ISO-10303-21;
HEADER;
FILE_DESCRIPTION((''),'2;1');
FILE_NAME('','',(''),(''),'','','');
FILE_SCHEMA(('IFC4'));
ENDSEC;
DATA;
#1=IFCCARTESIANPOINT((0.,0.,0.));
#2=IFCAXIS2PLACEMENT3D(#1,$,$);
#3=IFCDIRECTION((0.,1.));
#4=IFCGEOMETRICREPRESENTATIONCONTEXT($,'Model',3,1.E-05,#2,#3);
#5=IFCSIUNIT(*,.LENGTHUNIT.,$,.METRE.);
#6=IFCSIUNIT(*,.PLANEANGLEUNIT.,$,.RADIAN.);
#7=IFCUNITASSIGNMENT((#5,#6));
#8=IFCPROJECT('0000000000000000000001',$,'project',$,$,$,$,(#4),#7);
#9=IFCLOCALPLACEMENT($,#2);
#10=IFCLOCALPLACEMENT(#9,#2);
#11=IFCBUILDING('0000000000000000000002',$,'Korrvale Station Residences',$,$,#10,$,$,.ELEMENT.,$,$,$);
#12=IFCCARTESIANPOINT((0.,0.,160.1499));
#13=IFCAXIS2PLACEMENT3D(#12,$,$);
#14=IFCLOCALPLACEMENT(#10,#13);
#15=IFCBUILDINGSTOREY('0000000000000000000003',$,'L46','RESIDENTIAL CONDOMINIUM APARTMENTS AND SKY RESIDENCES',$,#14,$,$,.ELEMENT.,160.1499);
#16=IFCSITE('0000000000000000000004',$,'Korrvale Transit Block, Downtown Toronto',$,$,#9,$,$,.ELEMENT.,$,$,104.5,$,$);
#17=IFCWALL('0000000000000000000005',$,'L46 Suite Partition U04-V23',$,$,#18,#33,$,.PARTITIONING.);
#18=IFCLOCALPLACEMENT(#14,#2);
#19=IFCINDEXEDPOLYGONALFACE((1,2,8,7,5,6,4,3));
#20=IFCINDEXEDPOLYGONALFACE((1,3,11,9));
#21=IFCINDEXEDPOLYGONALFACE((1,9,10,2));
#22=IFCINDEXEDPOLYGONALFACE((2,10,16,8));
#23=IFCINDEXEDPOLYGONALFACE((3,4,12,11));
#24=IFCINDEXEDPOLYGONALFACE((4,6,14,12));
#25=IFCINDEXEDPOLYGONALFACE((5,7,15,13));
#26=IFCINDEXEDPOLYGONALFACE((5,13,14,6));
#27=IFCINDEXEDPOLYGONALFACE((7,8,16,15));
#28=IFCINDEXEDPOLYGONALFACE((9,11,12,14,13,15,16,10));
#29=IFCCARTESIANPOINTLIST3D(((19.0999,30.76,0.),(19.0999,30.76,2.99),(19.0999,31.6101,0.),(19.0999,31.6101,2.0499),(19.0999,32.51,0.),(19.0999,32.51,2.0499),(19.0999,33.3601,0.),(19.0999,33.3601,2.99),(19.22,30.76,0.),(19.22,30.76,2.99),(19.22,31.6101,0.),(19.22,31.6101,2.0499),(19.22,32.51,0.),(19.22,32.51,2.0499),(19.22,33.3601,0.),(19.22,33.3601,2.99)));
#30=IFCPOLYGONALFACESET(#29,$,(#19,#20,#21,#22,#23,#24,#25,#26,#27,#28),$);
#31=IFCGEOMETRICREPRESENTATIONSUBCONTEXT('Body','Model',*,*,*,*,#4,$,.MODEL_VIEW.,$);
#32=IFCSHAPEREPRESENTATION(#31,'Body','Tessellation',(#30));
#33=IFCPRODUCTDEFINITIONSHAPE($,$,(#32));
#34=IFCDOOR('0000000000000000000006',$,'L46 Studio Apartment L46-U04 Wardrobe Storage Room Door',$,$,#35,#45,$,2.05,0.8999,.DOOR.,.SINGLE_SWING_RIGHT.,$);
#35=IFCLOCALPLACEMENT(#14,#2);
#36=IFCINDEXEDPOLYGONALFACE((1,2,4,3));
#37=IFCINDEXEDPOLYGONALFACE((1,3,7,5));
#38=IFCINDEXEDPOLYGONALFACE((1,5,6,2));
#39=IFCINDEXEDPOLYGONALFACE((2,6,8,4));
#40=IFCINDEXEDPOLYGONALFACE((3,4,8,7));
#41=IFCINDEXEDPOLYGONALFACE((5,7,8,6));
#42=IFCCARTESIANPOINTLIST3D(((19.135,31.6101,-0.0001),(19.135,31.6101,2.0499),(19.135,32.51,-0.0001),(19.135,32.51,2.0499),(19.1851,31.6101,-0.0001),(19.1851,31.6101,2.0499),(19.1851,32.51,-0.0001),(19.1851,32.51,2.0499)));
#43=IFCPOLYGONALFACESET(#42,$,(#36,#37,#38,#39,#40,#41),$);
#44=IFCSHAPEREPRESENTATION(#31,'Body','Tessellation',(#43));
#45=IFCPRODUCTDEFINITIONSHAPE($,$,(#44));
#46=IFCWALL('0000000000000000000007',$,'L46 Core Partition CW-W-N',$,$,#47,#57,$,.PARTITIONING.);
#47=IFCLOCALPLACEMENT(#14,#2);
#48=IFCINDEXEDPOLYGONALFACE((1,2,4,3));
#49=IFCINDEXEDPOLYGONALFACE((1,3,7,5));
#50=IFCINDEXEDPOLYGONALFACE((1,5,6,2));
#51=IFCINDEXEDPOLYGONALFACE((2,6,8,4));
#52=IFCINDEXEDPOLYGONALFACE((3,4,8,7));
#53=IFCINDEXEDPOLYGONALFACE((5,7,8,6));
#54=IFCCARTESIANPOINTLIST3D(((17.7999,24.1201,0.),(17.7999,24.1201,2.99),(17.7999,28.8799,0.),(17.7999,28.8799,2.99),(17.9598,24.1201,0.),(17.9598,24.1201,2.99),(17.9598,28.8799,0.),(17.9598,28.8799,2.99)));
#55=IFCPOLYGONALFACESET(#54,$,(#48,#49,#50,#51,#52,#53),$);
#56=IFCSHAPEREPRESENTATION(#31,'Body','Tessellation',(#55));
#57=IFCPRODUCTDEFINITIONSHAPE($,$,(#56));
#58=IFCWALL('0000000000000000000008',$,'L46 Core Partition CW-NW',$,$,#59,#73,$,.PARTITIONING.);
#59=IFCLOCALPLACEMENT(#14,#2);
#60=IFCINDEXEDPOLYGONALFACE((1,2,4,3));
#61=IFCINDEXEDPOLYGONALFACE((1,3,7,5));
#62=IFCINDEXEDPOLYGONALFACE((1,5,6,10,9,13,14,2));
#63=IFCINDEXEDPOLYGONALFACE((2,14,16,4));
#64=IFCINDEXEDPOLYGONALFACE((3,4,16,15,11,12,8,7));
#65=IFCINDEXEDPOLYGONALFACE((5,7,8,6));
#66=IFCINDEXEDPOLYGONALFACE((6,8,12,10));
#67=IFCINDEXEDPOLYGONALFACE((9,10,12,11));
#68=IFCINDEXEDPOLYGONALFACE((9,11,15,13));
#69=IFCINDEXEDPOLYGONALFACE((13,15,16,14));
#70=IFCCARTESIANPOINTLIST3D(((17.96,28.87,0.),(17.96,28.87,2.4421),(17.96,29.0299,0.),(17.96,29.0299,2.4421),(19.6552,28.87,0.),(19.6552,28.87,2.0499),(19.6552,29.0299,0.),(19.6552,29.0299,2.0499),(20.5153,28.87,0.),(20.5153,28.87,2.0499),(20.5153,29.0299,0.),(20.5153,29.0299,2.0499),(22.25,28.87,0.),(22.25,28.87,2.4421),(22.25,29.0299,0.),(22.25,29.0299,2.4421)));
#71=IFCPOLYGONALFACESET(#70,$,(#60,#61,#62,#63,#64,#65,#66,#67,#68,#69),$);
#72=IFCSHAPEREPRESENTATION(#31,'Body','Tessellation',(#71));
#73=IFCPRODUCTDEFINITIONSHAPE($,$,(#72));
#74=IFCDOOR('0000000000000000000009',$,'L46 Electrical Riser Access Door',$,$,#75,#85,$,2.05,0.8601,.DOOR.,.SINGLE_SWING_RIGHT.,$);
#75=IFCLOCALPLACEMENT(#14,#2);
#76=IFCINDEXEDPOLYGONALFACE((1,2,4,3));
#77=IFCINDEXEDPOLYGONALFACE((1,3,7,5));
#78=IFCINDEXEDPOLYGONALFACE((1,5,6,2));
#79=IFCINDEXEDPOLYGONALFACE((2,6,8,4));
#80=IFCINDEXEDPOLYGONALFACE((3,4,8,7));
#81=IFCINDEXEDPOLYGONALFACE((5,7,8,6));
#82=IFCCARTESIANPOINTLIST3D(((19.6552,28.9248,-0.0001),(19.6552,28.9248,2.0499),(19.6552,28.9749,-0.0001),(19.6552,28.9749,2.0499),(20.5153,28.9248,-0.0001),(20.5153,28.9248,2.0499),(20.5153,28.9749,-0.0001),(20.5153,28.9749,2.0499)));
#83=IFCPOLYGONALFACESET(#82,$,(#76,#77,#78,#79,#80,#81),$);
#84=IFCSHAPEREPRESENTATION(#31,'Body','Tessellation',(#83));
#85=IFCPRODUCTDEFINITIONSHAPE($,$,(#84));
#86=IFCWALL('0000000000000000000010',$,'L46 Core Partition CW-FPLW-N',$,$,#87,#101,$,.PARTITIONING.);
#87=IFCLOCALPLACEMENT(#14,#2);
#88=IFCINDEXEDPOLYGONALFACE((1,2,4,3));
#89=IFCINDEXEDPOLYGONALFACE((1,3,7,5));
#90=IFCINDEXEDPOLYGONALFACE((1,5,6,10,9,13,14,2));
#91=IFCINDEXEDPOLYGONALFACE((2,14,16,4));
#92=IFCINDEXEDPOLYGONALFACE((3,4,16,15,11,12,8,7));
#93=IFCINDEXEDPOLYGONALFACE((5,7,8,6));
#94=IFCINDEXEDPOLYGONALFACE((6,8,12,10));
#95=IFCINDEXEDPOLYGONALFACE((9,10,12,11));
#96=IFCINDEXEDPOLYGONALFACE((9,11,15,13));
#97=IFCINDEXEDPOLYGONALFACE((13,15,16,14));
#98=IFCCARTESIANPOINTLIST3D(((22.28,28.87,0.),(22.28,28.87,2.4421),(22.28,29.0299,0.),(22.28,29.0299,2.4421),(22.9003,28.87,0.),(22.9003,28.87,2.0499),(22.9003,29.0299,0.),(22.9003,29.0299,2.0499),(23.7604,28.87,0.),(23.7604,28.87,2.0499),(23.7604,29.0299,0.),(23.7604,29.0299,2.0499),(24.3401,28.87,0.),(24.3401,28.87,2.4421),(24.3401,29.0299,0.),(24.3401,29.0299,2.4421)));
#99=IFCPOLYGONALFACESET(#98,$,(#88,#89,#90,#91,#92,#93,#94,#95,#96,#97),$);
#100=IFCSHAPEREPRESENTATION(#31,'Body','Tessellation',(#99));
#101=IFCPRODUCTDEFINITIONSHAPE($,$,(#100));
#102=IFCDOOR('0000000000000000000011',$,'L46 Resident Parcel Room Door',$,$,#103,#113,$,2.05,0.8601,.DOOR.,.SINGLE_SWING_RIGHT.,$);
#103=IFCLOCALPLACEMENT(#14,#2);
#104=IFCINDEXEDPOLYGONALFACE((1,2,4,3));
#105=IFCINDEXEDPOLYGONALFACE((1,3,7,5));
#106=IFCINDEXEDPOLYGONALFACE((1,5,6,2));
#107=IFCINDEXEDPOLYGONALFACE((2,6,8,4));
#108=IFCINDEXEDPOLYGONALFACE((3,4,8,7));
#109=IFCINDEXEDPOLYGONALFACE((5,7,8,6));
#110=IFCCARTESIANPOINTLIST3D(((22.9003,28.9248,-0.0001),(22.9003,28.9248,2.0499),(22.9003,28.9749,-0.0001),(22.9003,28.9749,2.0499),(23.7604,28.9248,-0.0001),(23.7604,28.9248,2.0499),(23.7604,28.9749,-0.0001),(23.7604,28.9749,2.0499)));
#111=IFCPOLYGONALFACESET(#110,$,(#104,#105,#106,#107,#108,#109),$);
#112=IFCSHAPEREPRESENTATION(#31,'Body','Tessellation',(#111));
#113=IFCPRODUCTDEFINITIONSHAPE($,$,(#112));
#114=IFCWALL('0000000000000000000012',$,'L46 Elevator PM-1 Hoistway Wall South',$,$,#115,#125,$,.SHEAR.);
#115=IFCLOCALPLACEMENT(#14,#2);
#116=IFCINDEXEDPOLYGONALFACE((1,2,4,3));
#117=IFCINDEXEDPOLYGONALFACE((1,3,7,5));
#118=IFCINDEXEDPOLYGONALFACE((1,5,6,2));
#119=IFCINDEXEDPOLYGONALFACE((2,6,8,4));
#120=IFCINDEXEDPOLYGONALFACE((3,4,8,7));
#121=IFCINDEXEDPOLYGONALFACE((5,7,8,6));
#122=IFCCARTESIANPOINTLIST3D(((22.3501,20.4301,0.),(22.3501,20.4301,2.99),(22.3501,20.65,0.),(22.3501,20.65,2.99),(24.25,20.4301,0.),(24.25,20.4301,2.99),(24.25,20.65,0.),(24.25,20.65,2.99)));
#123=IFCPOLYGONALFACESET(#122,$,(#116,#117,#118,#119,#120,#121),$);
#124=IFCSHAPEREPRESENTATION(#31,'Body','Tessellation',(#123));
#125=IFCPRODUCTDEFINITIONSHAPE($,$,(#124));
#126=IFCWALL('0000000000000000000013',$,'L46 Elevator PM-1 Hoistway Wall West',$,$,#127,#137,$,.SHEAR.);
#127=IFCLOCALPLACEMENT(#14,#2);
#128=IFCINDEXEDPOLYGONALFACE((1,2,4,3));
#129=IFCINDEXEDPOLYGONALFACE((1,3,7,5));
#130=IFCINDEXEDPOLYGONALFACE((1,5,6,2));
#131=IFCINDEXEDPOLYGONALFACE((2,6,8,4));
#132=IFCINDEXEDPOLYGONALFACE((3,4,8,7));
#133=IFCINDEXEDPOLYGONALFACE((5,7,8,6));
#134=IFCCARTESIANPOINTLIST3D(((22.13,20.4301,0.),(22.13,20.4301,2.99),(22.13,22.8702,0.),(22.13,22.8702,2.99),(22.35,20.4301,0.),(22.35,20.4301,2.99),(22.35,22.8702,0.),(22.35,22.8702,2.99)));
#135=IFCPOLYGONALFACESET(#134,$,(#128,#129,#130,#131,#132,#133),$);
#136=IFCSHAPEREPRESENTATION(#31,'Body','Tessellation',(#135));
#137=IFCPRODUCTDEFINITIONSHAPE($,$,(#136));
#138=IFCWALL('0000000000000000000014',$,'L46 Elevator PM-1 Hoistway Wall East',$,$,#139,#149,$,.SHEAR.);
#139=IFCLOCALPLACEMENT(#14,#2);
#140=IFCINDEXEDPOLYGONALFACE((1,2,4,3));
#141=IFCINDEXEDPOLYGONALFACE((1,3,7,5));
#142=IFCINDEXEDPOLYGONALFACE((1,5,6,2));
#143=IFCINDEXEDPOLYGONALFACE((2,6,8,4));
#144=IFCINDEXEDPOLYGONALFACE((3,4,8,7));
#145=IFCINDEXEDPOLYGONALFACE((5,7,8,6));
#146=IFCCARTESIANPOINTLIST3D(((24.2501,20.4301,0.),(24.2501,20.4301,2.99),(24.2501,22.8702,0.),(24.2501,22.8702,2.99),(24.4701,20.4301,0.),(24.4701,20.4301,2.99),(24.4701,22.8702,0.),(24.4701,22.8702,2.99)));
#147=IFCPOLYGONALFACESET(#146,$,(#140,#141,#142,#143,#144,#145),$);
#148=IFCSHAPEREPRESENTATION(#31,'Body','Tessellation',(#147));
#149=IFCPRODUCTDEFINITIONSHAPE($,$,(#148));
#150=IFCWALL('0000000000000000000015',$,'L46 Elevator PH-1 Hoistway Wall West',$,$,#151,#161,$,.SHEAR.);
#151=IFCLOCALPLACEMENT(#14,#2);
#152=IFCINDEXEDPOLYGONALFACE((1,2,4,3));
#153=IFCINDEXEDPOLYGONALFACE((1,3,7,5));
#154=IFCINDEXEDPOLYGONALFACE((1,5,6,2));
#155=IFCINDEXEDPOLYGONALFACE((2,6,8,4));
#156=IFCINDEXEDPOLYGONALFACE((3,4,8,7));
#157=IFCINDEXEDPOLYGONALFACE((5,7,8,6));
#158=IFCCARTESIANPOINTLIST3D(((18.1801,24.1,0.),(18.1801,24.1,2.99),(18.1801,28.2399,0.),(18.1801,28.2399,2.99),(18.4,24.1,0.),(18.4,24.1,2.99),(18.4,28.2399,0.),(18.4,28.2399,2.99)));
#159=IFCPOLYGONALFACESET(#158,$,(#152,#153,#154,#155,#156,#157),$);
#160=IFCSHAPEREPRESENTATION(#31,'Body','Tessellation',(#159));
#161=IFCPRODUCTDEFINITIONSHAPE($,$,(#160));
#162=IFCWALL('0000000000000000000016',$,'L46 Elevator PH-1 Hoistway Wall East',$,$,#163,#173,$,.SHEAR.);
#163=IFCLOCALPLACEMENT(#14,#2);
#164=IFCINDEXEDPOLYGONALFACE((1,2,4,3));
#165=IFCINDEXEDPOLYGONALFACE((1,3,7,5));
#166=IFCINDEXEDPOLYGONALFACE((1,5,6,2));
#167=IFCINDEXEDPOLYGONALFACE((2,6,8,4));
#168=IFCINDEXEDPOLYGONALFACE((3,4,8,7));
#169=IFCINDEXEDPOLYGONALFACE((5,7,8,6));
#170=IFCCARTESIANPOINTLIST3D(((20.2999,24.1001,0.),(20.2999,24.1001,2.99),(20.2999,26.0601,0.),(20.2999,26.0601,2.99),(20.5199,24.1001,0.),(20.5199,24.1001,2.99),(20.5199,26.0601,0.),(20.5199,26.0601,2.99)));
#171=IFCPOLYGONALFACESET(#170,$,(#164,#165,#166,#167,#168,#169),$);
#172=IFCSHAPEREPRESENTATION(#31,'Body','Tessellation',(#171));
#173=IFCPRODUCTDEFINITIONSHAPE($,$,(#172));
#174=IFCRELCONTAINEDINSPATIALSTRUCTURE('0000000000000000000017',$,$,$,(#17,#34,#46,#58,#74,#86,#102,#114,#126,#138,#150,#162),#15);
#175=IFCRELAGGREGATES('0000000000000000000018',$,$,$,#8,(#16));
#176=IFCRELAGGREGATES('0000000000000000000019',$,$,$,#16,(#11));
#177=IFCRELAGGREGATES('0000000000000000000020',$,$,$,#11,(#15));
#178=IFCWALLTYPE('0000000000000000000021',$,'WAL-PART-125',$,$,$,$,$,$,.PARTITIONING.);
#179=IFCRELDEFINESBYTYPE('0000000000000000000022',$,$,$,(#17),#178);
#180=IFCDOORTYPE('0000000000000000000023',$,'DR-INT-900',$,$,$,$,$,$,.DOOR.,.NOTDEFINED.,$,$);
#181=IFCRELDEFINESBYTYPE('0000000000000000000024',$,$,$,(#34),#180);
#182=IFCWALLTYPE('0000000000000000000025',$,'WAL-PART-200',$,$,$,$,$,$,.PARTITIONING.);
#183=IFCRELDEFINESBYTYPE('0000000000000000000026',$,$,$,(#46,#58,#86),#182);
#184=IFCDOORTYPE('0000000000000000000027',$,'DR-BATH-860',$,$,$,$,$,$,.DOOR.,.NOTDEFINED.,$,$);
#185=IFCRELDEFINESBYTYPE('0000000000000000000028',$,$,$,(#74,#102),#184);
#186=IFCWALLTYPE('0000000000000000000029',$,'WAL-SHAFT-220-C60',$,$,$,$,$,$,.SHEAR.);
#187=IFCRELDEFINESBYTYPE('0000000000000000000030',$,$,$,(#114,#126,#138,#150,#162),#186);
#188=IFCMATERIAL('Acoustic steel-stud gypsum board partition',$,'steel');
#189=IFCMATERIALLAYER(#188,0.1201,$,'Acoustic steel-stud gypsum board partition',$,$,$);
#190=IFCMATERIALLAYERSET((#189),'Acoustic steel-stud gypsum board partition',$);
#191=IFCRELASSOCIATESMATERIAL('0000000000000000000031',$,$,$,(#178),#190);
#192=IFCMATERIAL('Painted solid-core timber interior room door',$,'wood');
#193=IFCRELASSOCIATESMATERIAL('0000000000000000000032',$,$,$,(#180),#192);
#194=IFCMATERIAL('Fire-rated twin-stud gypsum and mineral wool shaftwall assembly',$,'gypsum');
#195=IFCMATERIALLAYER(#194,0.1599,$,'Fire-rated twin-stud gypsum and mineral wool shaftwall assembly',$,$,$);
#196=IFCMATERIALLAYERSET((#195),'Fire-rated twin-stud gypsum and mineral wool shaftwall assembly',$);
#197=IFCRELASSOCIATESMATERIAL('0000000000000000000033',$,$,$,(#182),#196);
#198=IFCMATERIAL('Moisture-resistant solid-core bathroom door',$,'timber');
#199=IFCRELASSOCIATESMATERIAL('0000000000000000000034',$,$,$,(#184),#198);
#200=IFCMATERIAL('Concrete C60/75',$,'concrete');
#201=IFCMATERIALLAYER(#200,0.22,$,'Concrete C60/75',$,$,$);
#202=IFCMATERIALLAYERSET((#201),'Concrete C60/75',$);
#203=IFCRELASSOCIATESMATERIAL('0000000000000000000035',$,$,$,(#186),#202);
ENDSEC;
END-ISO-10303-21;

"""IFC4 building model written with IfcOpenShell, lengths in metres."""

from ifc_helpers import new_model, si_unit, direction, frame, frame_2d, origin, place, context, subcontext, project, spatial, rectangle, extrude, material, layer, layer_set, type_object, element, fill, save


model = new_model("IFC4")

# Units and contexts
model_context = context("Model", 3, precision=1e-05, world=origin(), true_north=direction((0.0, 1.0)))
body_context = subcontext(model_context, "Body", "Model", "MODEL_VIEW")
ifc_project = project(units=[si_unit("LENGTHUNIT", "METRE"), si_unit("PLANEANGLEUNIT", "RADIAN")], contexts=[model_context])

# Site, building, storey
site_placement = place(None, origin())
site = spatial("IfcSite", under=ifc_project, at=site_placement, Name="Korrvale Transit Block, Downtown Toronto", CompositionType="ELEMENT", RefElevation=104.5)
building_placement = place(site_placement, origin())
building = spatial("IfcBuilding", under=site, at=building_placement, Name="Korrvale Station Residences", CompositionType="ELEMENT")
storey_placement = place(building_placement, frame((0.0, 0.0, 160.1499)))
storey = spatial("IfcBuildingStorey", under=building, at=storey_placement, Name="L46", Description="RESIDENTIAL CONDOMINIUM APARTMENTS AND SKY RESIDENCES", CompositionType="ELEMENT", Elevation=160.1499)

# Shared definitions
ifc_material_1 = material(Name="Concrete C60/75", Category="concrete")

# Shared definitions
ifc_material_2 = material(Name="Acoustic steel-stud gypsum board partition", Category="steel")
ifc_layer_1 = layer(ifc_material_2, 0.1201, Name="Acoustic steel-stud gypsum board partition")
ifc_layer_set_1 = layer_set([ifc_layer_1], Name="Acoustic steel-stud gypsum board partition")
wall_type_1 = type_object("IfcWallType", Name="WAL-PART-125", PredefinedType="PARTITIONING", material=ifc_layer_set_1)

# Wall, opening, door
wall_1_placement = place(storey_placement, frame((19.1599, 30.76, 0.0), z_axis=(0.0, 0.0, 1.0), x_axis=(0.0, 1.0, 0.0)))
wall_1 = element("IfcWall", 1, at=wall_1_placement, inside=storey, type_object=wall_type_1, Name="L46 Suite Partition U04-V23", PredefinedType="PARTITIONING", context=body_context, shape_type="SweptSolid", body=[
    extrude(rectangle(XDim=2.6001, YDim=0.1201, at=frame_2d((1.3, 0.0))), origin(), (0.0, 0.0, 1.0), 2.99),
])
opening_1_placement = place(wall_1_placement, frame((0.8501, 0.0, 0.0)))
opening_1 = element("IfcOpeningElement", 2, at=opening_1_placement, cuts=wall_1, PredefinedType="OPENING", context=body_context, shape_type="SweptSolid", body=[
    extrude(rectangle(XDim=0.8999, YDim=2.05, at=frame_2d((0.45, 1.0249))), frame((0.0, 0.0701, 0.0), z_axis=(0.0, -1.0, 0.0), x_axis=(1.0, 0.0, 0.0)), (0.0, 0.0, 1.0), 0.1401),
])
ifc_material_3 = material(Name="Painted solid-core timber interior room door", Category="wood")
door_type_1 = type_object("IfcDoorType", Name="DR-INT-900", OperationType="NOTDEFINED", PredefinedType="DOOR", material=ifc_material_3)
door_1_placement = place(opening_1_placement, origin())
door_1 = element("IfcDoor", 3, at=door_1_placement, inside=storey, type_object=door_type_1, Name="L46 Studio Apartment L46-U04 Wardrobe Storage Room Door", OperationType="SINGLE_SWING_RIGHT", OverallHeight=2.05, OverallWidth=0.8999, PredefinedType="DOOR", context=body_context, shape_type="SweptSolid", body=[
    extrude(rectangle(XDim=0.8999, YDim=2.05, at=frame_2d((0.45, 1.0249))), frame((0.0, 0.0249, 0.0), z_axis=(0.0, -1.0, 0.0), x_axis=(1.0, 0.0, 0.0)), (0.0, 0.0, 1.0), 0.05),
])
fill(opening_1, door_1)

# Wall
ifc_material_4 = material(Name="Fire-rated twin-stud gypsum and mineral wool shaftwall assembly", Category="gypsum")
ifc_layer_2 = layer(ifc_material_4, 0.1599, Name="Fire-rated twin-stud gypsum and mineral wool shaftwall assembly")
ifc_layer_set_2 = layer_set([ifc_layer_2], Name="Fire-rated twin-stud gypsum and mineral wool shaftwall assembly")
wall_type_2 = type_object("IfcWallType", Name="WAL-PART-200", PredefinedType="PARTITIONING", material=ifc_layer_set_2)
wall_2_placement = place(storey_placement, frame((17.8799, 24.1201, 0.0), z_axis=(0.0, 0.0, 1.0), x_axis=(0.0, 1.0, 0.0)))
element("IfcWall", 4, at=wall_2_placement, inside=storey, type_object=wall_type_2, Name="L46 Core Partition CW-W-N", PredefinedType="PARTITIONING", context=body_context, shape_type="SweptSolid", body=[
    extrude(rectangle(XDim=4.7598, YDim=0.1599, at=frame_2d((2.3799, 0.0))), origin(), (0.0, 0.0, 1.0), 2.99),
])

# Walls, openings, doors
wall_3_placement = place(storey_placement, frame((17.96, 28.95, 0.0), z_axis=(0.0, 0.0, 1.0), x_axis=(1.0, 0.0, 0.0)))
wall_3 = element("IfcWall", 5, at=wall_3_placement, inside=storey, type_object=wall_type_2, Name="L46 Core Partition CW-NW", PredefinedType="PARTITIONING", context=body_context, shape_type="SweptSolid", body=[
    extrude(rectangle(XDim=4.29, YDim=0.1599, at=frame_2d((2.145, 0.0))), origin(), (0.0, 0.0, 1.0), 2.4421),
])
opening_2_placement = place(wall_3_placement, frame((1.6951, 0.0, 0.0)))
opening_2 = element("IfcOpeningElement", 6, at=opening_2_placement, cuts=wall_3, PredefinedType="OPENING", context=body_context, shape_type="SweptSolid", body=[
    extrude(rectangle(XDim=0.8601, YDim=2.05, at=frame_2d((0.4302, 1.0249))), frame((0.0, 0.0898, 0.0), z_axis=(0.0, -1.0, 0.0), x_axis=(1.0, 0.0, 0.0)), (0.0, 0.0, 1.0), 0.1799),
])
ifc_material_5 = material(Name="Moisture-resistant solid-core bathroom door", Category="timber")
door_type_2 = type_object("IfcDoorType", Name="DR-BATH-860", OperationType="NOTDEFINED", PredefinedType="DOOR", material=ifc_material_5)
door_2_placement = place(opening_2_placement, origin())
door_2 = element("IfcDoor", 7, at=door_2_placement, inside=storey, type_object=door_type_2, Name="L46 Electrical Riser Access Door", OperationType="SINGLE_SWING_RIGHT", OverallHeight=2.05, OverallWidth=0.8601, PredefinedType="DOOR", context=body_context, shape_type="SweptSolid", body=[
    extrude(rectangle(XDim=0.8601, YDim=2.05, at=frame_2d((0.4302, 1.0249))), frame((0.0, 0.0249, 0.0), z_axis=(0.0, -1.0, 0.0), x_axis=(1.0, 0.0, 0.0)), (0.0, 0.0, 1.0), 0.05),
])
fill(opening_2, door_2)
wall_4_placement = place(storey_placement, frame((22.28, 28.95, 0.0), z_axis=(0.0, 0.0, 1.0), x_axis=(1.0, 0.0, 0.0)))
wall_4 = element("IfcWall", 8, at=wall_4_placement, inside=storey, type_object=wall_type_2, Name="L46 Core Partition CW-FPLW-N", PredefinedType="PARTITIONING", context=body_context, shape_type="SweptSolid", body=[
    extrude(rectangle(XDim=2.0601, YDim=0.1599, at=frame_2d((1.03, 0.0))), origin(), (0.0, 0.0, 1.0), 2.4421),
])
opening_3_placement = place(wall_4_placement, frame((0.6201, 0.0, 0.0)))
opening_3 = element("IfcOpeningElement", 9, at=opening_3_placement, cuts=wall_4, PredefinedType="OPENING", context=body_context, shape_type="SweptSolid", body=[
    extrude(rectangle(XDim=0.8601, YDim=2.05, at=frame_2d((0.4302, 1.0249))), frame((0.0, 0.0898, 0.0), z_axis=(0.0, -1.0, 0.0), x_axis=(1.0, 0.0, 0.0)), (0.0, 0.0, 1.0), 0.1799),
])
door_3_placement = place(opening_3_placement, origin())
door_3 = element("IfcDoor", 10, at=door_3_placement, inside=storey, type_object=door_type_2, Name="L46 Resident Parcel Room Door", OperationType="SINGLE_SWING_RIGHT", OverallHeight=2.05, OverallWidth=0.8601, PredefinedType="DOOR", context=body_context, shape_type="SweptSolid", body=[
    extrude(rectangle(XDim=0.8601, YDim=2.05, at=frame_2d((0.4302, 1.0249))), frame((0.0, 0.0249, 0.0), z_axis=(0.0, -1.0, 0.0), x_axis=(1.0, 0.0, 0.0)), (0.0, 0.0, 1.0), 0.05),
])
fill(opening_3, door_3)

# Wall
ifc_layer_3 = layer(ifc_material_1, 0.22, Name="Concrete C60/75")
ifc_layer_set_3 = layer_set([ifc_layer_3], Name="Concrete C60/75")
wall_type_3 = type_object("IfcWallType", Name="WAL-SHAFT-220-C60", PredefinedType="SHEAR", material=ifc_layer_set_3)
wall_5_placement = place(storey_placement, frame((22.3501, 20.54, 0.0), z_axis=(0.0, 0.0, 1.0), x_axis=(1.0, 0.0, 0.0)))
element("IfcWall", 11, at=wall_5_placement, inside=storey, type_object=wall_type_3, Name="L46 Elevator PM-1 Hoistway Wall South", PredefinedType="SHEAR", context=body_context, shape_type="SweptSolid", body=[
    extrude(rectangle(XDim=1.8999, YDim=0.22, at=frame_2d((0.95, 0.0))), origin(), (0.0, 0.0, 1.0), 2.99),
])

# Walls
for number, where, z_axis, x_axis, name in (
    (12, (22.24, 20.4299, 0.0), (0.0, 0.0, 1.0), (0.0, 1.0, 0.0), "L46 Elevator PM-1 Hoistway Wall West"),
    (13, (24.3601, 20.4299, 0.0), (0.0, 0.0, 1.0), (0.0, 1.0, 0.0), "L46 Elevator PM-1 Hoistway Wall East"),
):
    element("IfcWall", number, at=place(storey_placement, frame(where, z_axis=z_axis, x_axis=x_axis)), inside=storey, type_object=wall_type_3, Name=name, PredefinedType="SHEAR", context=body_context, shape_type="SweptSolid", body=[
        extrude(rectangle(XDim=2.4402, YDim=0.22, at=frame_2d((1.2202, 0.0))), origin(), (0.0, 0.0, 1.0), 2.99),
    ])
wall_6_placement = place(storey_placement, frame((18.29, 24.1001, 0.0), z_axis=(0.0, 0.0, 1.0), x_axis=(0.0, 1.0, 0.0)))
element("IfcWall", 14, at=wall_6_placement, inside=storey, type_object=wall_type_3, Name="L46 Elevator PH-1 Hoistway Wall West", PredefinedType="SHEAR", context=body_context, shape_type="SweptSolid", body=[
    extrude(rectangle(XDim=4.1399, YDim=0.22, at=frame_2d((2.0698, 0.0))), origin(), (0.0, 0.0, 1.0), 2.99),
])
wall_7_placement = place(storey_placement, frame((20.4099, 24.1001, 0.0), z_axis=(0.0, 0.0, 1.0), x_axis=(0.0, 1.0, 0.0)))
element("IfcWall", 15, at=wall_7_placement, inside=storey, type_object=wall_type_3, Name="L46 Elevator PH-1 Hoistway Wall East", PredefinedType="SHEAR", context=body_context, shape_type="SweptSolid", body=[
    extrude(rectangle(XDim=1.96, YDim=0.22, at=frame_2d((0.98, 0.0))), origin(), (0.0, 0.0, 1.0), 2.99),
])

save(model, "model.ifc")
